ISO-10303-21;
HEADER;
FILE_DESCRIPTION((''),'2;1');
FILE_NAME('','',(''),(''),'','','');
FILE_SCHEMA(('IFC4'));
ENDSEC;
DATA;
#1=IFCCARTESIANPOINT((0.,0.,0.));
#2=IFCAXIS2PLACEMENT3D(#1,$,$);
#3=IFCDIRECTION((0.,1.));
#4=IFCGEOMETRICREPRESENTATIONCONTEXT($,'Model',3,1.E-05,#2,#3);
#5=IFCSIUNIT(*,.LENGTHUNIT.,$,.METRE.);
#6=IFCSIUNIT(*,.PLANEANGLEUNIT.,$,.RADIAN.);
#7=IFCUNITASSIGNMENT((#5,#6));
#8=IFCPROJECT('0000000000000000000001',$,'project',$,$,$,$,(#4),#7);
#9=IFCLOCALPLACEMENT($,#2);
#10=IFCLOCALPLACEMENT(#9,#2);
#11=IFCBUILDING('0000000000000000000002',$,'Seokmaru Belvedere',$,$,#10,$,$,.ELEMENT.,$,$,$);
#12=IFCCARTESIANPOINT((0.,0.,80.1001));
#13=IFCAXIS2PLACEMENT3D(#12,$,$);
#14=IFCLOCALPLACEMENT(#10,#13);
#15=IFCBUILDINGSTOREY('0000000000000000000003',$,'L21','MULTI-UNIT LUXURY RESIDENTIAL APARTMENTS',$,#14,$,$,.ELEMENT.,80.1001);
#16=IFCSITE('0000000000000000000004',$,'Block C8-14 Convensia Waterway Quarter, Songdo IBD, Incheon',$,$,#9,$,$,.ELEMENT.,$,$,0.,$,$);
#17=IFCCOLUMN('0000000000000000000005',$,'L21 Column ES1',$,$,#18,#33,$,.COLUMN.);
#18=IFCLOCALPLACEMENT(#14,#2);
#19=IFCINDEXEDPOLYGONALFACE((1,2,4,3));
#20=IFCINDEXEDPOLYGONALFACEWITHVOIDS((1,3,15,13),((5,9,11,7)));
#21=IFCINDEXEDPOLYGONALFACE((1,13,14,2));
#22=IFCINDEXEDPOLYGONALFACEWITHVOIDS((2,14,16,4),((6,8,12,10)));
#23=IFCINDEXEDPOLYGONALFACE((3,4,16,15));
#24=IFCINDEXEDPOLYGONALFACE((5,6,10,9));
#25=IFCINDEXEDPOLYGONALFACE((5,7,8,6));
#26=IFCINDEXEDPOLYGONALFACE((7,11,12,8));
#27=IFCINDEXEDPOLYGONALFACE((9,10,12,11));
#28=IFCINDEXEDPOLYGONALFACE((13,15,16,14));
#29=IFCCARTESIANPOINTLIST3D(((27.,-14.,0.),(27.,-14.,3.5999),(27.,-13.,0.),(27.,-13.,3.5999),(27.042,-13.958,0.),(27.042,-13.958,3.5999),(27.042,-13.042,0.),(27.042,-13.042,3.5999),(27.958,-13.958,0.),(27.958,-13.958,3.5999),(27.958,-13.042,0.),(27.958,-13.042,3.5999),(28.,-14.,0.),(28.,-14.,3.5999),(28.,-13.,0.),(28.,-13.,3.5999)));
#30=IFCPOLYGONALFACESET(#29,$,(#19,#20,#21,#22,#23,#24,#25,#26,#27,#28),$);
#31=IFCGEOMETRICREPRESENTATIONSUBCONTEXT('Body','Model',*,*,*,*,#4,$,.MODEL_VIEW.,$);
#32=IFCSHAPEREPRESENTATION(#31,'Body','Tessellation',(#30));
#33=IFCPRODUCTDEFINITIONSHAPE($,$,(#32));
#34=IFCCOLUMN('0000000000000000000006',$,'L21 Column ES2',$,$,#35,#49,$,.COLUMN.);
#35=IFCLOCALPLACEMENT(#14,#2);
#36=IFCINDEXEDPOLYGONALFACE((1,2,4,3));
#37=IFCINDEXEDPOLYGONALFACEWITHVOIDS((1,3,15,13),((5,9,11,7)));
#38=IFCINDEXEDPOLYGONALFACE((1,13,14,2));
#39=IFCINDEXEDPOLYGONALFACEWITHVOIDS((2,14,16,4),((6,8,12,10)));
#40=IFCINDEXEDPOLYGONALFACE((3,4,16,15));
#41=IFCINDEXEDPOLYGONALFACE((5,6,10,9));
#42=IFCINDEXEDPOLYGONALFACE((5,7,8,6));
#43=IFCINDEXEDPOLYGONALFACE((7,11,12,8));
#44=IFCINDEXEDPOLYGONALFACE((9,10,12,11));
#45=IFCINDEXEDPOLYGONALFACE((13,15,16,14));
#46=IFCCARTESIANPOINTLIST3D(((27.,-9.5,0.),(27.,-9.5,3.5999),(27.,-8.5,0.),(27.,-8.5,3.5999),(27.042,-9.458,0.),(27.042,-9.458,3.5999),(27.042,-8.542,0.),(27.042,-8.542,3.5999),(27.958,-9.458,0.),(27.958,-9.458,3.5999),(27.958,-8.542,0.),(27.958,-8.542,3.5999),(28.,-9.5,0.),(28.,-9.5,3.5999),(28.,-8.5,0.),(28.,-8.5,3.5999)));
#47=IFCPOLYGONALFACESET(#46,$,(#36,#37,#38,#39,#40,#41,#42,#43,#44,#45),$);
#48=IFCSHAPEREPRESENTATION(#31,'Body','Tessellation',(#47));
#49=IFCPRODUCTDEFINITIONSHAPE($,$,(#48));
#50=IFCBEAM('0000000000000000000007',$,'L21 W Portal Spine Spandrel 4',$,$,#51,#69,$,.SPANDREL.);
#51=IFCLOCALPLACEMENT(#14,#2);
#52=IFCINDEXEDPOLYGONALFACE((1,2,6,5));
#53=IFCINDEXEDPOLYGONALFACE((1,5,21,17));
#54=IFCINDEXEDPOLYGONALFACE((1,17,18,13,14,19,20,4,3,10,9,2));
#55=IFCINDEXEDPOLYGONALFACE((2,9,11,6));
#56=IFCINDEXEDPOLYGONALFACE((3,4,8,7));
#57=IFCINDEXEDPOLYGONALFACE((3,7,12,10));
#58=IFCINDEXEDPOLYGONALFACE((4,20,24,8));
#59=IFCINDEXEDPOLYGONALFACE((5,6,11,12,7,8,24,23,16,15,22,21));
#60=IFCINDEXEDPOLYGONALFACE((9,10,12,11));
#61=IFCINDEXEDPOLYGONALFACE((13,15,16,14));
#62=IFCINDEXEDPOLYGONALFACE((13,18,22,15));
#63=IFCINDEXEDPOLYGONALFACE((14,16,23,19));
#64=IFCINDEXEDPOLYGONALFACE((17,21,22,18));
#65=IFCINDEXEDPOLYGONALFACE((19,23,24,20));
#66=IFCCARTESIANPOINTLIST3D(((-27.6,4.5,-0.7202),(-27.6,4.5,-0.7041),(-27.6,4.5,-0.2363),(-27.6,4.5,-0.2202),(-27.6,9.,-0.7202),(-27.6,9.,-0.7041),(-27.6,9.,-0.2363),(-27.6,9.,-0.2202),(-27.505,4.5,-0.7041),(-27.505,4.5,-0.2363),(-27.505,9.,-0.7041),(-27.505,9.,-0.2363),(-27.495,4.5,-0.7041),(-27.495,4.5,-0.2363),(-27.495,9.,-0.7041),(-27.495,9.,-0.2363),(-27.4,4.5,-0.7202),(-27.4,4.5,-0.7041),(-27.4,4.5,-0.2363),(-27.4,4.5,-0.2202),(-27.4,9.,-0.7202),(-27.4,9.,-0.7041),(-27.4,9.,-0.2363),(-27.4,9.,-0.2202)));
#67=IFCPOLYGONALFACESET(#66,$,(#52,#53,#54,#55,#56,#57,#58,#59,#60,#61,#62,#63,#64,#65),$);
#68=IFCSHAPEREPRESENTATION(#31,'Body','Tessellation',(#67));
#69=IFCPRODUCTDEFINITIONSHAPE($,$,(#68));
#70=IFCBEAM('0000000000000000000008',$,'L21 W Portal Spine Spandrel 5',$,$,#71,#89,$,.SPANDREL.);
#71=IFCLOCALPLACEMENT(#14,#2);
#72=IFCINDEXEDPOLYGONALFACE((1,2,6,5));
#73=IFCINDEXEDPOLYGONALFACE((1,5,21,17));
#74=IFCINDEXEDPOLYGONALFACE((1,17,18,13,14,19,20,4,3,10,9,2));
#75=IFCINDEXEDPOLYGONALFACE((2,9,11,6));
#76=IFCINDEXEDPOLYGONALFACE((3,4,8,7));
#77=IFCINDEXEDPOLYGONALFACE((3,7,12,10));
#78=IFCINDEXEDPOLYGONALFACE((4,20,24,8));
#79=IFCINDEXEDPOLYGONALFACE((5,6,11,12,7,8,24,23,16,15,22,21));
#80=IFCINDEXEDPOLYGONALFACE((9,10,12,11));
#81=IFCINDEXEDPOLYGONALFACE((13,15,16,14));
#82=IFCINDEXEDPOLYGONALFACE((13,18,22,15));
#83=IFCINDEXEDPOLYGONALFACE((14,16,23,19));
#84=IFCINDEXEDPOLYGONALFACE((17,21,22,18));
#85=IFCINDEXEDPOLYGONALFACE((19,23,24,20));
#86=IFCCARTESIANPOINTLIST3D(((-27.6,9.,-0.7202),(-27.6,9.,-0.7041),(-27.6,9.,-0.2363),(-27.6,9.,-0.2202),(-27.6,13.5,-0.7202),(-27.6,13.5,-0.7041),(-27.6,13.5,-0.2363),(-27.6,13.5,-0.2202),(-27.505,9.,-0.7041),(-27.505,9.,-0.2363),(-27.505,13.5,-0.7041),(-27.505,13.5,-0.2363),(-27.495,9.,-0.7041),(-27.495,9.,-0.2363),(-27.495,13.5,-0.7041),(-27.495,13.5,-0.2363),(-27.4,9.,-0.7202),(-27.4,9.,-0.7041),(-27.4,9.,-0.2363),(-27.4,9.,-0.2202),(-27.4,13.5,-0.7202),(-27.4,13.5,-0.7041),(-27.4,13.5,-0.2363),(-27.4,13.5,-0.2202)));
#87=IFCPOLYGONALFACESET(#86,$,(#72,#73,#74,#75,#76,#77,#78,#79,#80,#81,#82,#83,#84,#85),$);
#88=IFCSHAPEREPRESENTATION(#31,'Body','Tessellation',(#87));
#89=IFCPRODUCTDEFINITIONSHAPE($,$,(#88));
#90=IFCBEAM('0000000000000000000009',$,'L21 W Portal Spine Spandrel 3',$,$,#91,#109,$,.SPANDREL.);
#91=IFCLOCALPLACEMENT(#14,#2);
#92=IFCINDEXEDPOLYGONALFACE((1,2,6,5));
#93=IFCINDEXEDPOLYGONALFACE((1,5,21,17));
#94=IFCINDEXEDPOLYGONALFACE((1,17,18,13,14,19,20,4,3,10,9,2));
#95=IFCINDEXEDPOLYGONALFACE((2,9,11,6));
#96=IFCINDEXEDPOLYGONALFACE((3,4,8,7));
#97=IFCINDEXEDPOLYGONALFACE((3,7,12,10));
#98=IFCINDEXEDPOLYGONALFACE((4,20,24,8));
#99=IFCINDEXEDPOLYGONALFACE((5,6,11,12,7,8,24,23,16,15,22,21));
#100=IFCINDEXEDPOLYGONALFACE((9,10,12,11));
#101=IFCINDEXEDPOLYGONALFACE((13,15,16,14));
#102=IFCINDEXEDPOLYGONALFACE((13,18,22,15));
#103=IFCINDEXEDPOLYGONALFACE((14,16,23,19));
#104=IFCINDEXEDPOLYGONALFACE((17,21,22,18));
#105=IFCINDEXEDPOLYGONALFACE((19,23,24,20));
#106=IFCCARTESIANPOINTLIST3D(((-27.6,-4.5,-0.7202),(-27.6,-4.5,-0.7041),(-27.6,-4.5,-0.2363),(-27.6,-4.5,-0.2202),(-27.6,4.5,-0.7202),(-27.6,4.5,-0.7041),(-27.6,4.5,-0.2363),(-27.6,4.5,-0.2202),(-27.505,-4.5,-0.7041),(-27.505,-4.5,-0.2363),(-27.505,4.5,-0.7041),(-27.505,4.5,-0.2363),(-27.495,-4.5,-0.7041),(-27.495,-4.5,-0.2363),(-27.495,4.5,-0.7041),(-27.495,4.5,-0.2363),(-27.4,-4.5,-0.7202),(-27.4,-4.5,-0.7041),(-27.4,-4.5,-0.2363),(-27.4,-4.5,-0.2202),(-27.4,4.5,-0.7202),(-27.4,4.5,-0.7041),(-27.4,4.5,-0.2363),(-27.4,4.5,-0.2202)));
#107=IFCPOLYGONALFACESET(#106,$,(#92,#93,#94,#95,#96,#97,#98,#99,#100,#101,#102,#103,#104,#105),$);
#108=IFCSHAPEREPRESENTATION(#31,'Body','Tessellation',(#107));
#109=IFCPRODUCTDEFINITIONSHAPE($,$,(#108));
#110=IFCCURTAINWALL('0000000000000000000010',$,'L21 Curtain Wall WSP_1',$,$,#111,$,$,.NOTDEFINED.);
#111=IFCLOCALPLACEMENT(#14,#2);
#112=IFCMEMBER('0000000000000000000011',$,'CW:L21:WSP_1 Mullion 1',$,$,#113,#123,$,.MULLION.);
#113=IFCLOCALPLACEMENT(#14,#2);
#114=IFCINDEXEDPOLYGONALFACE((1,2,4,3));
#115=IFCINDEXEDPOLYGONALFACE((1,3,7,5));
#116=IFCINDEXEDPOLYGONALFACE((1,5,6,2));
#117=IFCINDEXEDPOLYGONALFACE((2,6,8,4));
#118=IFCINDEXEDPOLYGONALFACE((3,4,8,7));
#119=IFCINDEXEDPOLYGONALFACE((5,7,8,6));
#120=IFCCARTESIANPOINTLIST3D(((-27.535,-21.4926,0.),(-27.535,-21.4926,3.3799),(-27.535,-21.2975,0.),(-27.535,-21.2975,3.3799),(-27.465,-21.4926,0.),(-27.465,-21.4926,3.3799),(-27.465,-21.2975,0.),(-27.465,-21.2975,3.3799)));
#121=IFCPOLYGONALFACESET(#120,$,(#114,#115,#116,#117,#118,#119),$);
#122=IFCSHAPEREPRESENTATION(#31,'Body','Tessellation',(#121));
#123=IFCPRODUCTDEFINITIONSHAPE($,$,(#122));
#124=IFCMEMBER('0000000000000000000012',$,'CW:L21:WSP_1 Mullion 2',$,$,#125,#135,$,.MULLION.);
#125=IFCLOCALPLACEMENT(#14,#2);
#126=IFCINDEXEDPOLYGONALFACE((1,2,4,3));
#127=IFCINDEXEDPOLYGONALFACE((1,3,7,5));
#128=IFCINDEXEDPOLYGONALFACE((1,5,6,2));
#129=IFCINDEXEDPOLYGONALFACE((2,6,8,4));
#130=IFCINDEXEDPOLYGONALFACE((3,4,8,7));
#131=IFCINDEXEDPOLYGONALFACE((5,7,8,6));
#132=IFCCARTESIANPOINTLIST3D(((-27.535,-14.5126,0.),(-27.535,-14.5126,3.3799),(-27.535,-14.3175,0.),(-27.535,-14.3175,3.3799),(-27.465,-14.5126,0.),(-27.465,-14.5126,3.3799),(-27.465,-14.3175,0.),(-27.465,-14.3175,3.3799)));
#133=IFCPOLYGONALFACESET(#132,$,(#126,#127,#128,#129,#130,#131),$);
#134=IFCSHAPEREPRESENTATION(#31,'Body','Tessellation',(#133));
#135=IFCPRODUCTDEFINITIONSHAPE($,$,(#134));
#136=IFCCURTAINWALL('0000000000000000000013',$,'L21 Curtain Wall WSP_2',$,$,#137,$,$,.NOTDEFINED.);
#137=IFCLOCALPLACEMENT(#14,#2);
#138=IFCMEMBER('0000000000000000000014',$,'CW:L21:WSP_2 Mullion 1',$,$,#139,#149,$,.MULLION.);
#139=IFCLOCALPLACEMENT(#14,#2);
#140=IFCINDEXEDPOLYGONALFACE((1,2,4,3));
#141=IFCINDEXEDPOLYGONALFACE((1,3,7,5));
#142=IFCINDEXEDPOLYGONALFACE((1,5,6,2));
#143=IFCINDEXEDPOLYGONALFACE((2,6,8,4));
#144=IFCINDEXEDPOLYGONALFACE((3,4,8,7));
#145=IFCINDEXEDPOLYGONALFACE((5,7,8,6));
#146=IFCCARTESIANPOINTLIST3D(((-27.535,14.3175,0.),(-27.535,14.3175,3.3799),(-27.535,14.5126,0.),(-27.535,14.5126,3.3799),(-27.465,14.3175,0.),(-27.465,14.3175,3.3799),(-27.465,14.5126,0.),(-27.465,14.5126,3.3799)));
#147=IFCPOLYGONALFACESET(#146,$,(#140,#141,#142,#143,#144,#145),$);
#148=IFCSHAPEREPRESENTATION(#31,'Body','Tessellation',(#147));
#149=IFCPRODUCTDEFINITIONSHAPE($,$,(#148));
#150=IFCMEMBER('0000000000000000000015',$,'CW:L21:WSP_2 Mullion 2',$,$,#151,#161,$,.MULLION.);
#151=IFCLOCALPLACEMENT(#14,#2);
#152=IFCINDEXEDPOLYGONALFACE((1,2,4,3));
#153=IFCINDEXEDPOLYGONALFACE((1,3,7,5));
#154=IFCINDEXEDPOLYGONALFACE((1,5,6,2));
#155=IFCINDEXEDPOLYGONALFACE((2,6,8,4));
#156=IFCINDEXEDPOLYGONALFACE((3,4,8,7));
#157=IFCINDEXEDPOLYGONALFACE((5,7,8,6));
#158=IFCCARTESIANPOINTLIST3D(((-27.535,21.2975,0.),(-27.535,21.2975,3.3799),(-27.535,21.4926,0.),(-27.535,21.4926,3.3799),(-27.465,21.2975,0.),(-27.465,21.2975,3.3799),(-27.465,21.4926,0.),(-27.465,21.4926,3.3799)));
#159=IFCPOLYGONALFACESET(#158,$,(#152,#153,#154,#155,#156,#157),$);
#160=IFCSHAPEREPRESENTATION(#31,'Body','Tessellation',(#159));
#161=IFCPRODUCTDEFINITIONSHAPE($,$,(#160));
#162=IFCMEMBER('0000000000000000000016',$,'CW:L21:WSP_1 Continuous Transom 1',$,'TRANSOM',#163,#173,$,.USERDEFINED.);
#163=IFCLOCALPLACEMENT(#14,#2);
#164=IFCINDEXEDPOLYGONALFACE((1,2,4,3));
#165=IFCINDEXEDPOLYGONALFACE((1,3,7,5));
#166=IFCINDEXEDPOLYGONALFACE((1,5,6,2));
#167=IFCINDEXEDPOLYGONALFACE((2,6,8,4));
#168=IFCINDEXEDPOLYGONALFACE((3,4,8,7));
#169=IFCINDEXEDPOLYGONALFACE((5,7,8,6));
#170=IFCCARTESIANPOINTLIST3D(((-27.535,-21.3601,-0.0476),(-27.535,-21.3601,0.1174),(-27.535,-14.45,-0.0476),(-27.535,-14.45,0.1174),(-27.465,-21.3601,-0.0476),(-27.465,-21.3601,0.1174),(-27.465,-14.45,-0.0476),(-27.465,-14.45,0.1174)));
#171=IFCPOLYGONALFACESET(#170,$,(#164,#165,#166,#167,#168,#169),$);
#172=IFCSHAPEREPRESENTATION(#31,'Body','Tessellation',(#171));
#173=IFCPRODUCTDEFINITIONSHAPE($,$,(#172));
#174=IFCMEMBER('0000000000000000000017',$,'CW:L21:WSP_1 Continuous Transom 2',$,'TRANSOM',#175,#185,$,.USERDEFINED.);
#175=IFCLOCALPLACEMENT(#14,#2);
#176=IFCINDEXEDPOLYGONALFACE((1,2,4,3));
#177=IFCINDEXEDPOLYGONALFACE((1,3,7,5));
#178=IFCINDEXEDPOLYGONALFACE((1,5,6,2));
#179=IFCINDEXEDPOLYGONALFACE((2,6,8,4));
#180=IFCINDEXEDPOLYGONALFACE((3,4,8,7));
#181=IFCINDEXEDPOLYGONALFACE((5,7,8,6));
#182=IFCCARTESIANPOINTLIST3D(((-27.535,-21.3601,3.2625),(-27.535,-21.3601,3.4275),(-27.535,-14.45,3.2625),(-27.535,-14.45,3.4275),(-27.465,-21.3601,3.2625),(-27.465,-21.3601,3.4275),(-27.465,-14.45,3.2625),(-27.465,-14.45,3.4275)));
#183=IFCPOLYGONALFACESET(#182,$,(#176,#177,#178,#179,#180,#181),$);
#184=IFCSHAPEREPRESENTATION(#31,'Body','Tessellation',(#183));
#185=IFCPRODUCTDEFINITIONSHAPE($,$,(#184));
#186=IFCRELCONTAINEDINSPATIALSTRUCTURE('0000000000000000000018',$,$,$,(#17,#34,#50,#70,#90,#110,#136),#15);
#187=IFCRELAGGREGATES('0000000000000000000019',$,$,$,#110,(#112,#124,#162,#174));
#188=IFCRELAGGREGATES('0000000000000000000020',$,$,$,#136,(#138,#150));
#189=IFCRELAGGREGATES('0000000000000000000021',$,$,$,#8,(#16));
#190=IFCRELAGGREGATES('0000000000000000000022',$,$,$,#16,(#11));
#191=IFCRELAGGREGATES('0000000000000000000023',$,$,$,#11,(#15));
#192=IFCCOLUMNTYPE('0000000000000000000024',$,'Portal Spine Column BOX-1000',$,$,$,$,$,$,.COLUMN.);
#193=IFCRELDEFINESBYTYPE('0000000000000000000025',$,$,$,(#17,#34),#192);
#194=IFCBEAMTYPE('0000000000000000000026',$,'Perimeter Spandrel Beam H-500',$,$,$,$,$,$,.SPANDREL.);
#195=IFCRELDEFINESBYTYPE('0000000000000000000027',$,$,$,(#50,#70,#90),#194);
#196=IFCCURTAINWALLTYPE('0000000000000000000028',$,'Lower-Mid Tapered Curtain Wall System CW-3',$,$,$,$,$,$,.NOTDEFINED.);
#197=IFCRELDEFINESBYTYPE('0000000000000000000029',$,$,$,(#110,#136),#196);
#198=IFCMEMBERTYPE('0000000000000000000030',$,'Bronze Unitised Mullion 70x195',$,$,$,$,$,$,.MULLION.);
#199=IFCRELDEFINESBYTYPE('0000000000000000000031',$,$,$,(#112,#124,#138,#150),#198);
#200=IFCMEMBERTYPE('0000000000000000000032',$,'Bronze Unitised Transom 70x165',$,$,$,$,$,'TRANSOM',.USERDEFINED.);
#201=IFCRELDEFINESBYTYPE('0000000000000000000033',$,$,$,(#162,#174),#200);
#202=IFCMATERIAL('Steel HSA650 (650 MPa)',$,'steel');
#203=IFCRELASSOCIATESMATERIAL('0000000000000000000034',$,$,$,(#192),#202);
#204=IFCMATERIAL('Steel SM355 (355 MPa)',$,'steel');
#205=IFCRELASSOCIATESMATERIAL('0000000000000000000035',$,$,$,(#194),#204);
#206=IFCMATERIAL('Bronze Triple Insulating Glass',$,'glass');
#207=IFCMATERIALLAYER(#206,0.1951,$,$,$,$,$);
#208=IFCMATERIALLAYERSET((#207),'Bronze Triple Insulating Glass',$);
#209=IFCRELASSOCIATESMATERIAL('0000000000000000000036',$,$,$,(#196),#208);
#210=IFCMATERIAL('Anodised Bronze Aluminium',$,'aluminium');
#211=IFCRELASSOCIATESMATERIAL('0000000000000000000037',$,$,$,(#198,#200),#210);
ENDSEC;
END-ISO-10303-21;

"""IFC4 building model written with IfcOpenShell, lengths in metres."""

from ifc_helpers import new_model, si_unit, direction, frame, origin, origin_2d, place, context, subcontext, project, spatial, rectangle, hollow_rectangle, i_section, extrude, source, transform, mapped, material, layer, layer_set, material_profile, profile_set, type_object, type_shapes, element, aggregate, save


model = new_model("IFC4")

# Units and contexts
model_context = context("Model", 3, precision=1e-05, world=origin(), true_north=direction((0.0, 1.0)))
body_context = subcontext(model_context, "Body", "Model", "MODEL_VIEW")
ifc_project = project(units=[si_unit("LENGTHUNIT", "METRE"), si_unit("PLANEANGLEUNIT", "RADIAN")], contexts=[model_context])

# Site, building, storey
site_placement = place(None, origin())
site = spatial("IfcSite", under=ifc_project, at=site_placement, Name="Block C8-14 Convensia Waterway Quarter, Songdo IBD, Incheon", CompositionType="ELEMENT", RefElevation=0.0)
building_placement = place(site_placement, origin())
building = spatial("IfcBuilding", under=site, at=building_placement, Name="Seokmaru Belvedere", CompositionType="ELEMENT")
storey_placement = place(building_placement, frame((0.0, 0.0, 80.1001)))
storey = spatial("IfcBuildingStorey", under=building, at=storey_placement, Name="L21", Description="MULTI-UNIT LUXURY RESIDENTIAL APARTMENTS", CompositionType="ELEMENT", Elevation=80.1001)

# Columns
ifc_material_1 = material(Name="Steel HSA650 (650 MPa)", Category="steel")
ifc_material_profile_1 = material_profile(ifc_material_1, hollow_rectangle(XDim=1.0, YDim=1.0, WallThickness=0.042, at=origin_2d()), Name="BOX-1000x1000x42")
ifc_profile_set_1 = profile_set([ifc_material_profile_1], Name="Steel HSA650 (650 MPa)")
column_type = type_object("IfcColumnType", Name="Portal Spine Column BOX-1000", PredefinedType="COLUMN", material=ifc_profile_set_1)
shared_shape_1 = source(origin(), body_context, "Body", "SweptSolid", [
    extrude(hollow_rectangle(XDim=1.0, YDim=1.0, WallThickness=0.042, at=origin_2d()), origin(), (0.0, 0.0, 1.0), 3.5999),
])
type_shapes(column_type, [shared_shape_1])
for number, where, z_axis, x_axis, name in (
    (1, (27.5, -13.5, 0.0), (0.0, 0.0, 1.0), (1.0, 0.0, 0.0), "L21 Column ES1"),
    (2, (27.5, -9.0, 0.0), (0.0, 0.0, 1.0), (1.0, 0.0, 0.0), "L21 Column ES2"),
):
    element("IfcColumn", number, at=place(storey_placement, frame(where, z_axis=z_axis, x_axis=x_axis)), inside=storey, type_object=column_type, Name=name, PredefinedType="COLUMN", context=body_context, shape_type="MappedRepresentation", body=[
        mapped(shared_shape_1, transform((0.0, 0.0, 0.0), scale=1.0)),
    ])

# Beams
ifc_material_2 = material(Name="Steel SM355 (355 MPa)", Category="steel")
ifc_material_profile_2 = material_profile(ifc_material_2, i_section(OverallWidth=0.2, OverallDepth=0.5, WebThickness=0.01, FlangeThickness=0.0161, at=origin_2d()), Name="H-500x200x10x16")
ifc_profile_set_2 = profile_set([ifc_material_profile_2], Name="Steel SM355 (355 MPa)")
beam_type = type_object("IfcBeamType", Name="Perimeter Spandrel Beam H-500", PredefinedType="SPANDREL", material=ifc_profile_set_2)
shared_shape_2 = source(origin(), body_context, "Body", "SweptSolid", [
    extrude(i_section(OverallWidth=0.2, OverallDepth=0.5, WebThickness=0.01, FlangeThickness=0.0161, at=origin_2d()), origin(), (0.0, 0.0, 1.0), 4.5),
])
for number, where, z_axis, x_axis, name in (
    (3, (-27.5, 4.5, -0.4702), (0.0, 1.0, 0.0), (-1.0, 0.0, 0.0), "L21 W Portal Spine Spandrel 4"),
    (4, (-27.5, 9.0, -0.4702), (0.0, 1.0, 0.0), (-1.0, 0.0, 0.0), "L21 W Portal Spine Spandrel 5"),
):
    element("IfcBeam", number, at=place(storey_placement, frame(where, z_axis=z_axis, x_axis=x_axis)), inside=storey, type_object=beam_type, Name=name, PredefinedType="SPANDREL", context=body_context, shape_type="MappedRepresentation", body=[
        mapped(shared_shape_2, transform((0.0, 0.0, 0.0), scale=1.0)),
    ])
shared_shape_3 = source(origin(), body_context, "Body", "SweptSolid", [
    extrude(i_section(OverallWidth=0.2, OverallDepth=0.5, WebThickness=0.01, FlangeThickness=0.0161, at=origin_2d()), origin(), (0.0, 0.0, 1.0), 9.0),
])
type_shapes(beam_type, [shared_shape_2, shared_shape_3])
beam_placement = place(storey_placement, frame((-27.5, -4.5, -0.4702), z_axis=(0.0, 1.0, 0.0), x_axis=(-1.0, 0.0, 0.0)))
element("IfcBeam", 5, at=beam_placement, inside=storey, type_object=beam_type, Name="L21 W Portal Spine Spandrel 3", PredefinedType="SPANDREL", context=body_context, shape_type="MappedRepresentation", body=[
    mapped(shared_shape_3, transform((0.0, 0.0, 0.0), scale=1.0)),
])

# Curtain walls, members
ifc_material_3 = material(Name="Bronze Triple Insulating Glass", Category="glass")
ifc_layer_1 = layer(ifc_material_3, 0.1951)
ifc_layer_set_1 = layer_set([ifc_layer_1], Name="Bronze Triple Insulating Glass")
curtain_wall_type = type_object("IfcCurtainWallType", Name="Lower-Mid Tapered Curtain Wall System CW-3", PredefinedType="NOTDEFINED", material=ifc_layer_set_1)
curtain_wall_1_placement = place(storey_placement, origin())
curtain_wall_1 = element("IfcCurtainWall", 6, at=curtain_wall_1_placement, inside=storey, type_object=curtain_wall_type, Name="L21 Curtain Wall WSP_1", PredefinedType="NOTDEFINED")
ifc_material_4 = material(Name="Anodised Bronze Aluminium", Category="aluminium")
ifc_material_profile_3 = material_profile(ifc_material_4, rectangle(XDim=0.0701, YDim=0.1951, at=origin_2d()), Name="CW-M-70x195")
ifc_profile_set_3 = profile_set([ifc_material_profile_3], Name="Anodised Bronze Aluminium")
member_type_1 = type_object("IfcMemberType", Name="Bronze Unitised Mullion 70x195", PredefinedType="MULLION", material=ifc_profile_set_3)
shared_shape_4 = source(origin(), body_context, "Body", "SweptSolid", [
    extrude(rectangle(XDim=0.0701, YDim=0.1951, at=origin_2d()), origin(), (0.0, 0.0, 1.0), 3.3799),
])
type_shapes(member_type_1, [shared_shape_4])
member_1_placement = place(storey_placement, frame((-27.5, -21.395, 0.0), z_axis=(0.0, 0.0, 1.0), x_axis=(-1.0, 0.0, 0.0)))
member_1 = element("IfcMember", 7, at=member_1_placement, type_object=member_type_1, Name="CW:L21:WSP_1 Mullion 1", PredefinedType="MULLION", context=body_context, shape_type="MappedRepresentation", body=[
    mapped(shared_shape_4, transform((0.0, 0.0, 0.0), scale=1.0)),
])
member_2_placement = place(storey_placement, frame((-27.5, -14.415, 0.0), z_axis=(0.0, 0.0, 1.0), x_axis=(-1.0, 0.0, 0.0)))
member_2 = element("IfcMember", 8, at=member_2_placement, type_object=member_type_1, Name="CW:L21:WSP_1 Mullion 2", PredefinedType="MULLION", context=body_context, shape_type="MappedRepresentation", body=[
    mapped(shared_shape_4, transform((0.0, 0.0, 0.0), scale=1.0)),
])
curtain_wall_2_placement = place(storey_placement, origin())
curtain_wall_2 = element("IfcCurtainWall", 9, at=curtain_wall_2_placement, inside=storey, type_object=curtain_wall_type, Name="L21 Curtain Wall WSP_2", PredefinedType="NOTDEFINED")
member_3_placement = place(storey_placement, frame((-27.5, 14.415, 0.0), z_axis=(0.0, 0.0, 1.0), x_axis=(-1.0, 0.0, 0.0)))
member_3 = element("IfcMember", 10, at=member_3_placement, type_object=member_type_1, Name="CW:L21:WSP_2 Mullion 1", PredefinedType="MULLION", context=body_context, shape_type="MappedRepresentation", body=[
    mapped(shared_shape_4, transform((0.0, 0.0, 0.0), scale=1.0)),
])
member_4_placement = place(storey_placement, frame((-27.5, 21.395, 0.0), z_axis=(0.0, 0.0, 1.0), x_axis=(-1.0, 0.0, 0.0)))
member_4 = element("IfcMember", 11, at=member_4_placement, type_object=member_type_1, Name="CW:L21:WSP_2 Mullion 2", PredefinedType="MULLION", context=body_context, shape_type="MappedRepresentation", body=[
    mapped(shared_shape_4, transform((0.0, 0.0, 0.0), scale=1.0)),
])

# Members
ifc_material_profile_4 = material_profile(ifc_material_4, rectangle(XDim=0.0701, YDim=0.165, at=origin_2d()), Name="CW-T-70x165")
ifc_profile_set_4 = profile_set([ifc_material_profile_4], Name="Anodised Bronze Aluminium")
member_type_2 = type_object("IfcMemberType", Name="Bronze Unitised Transom 70x165", ElementType="TRANSOM", PredefinedType="USERDEFINED", material=ifc_profile_set_4)
shared_shape_5 = source(origin(), body_context, "Body", "SweptSolid", [
    extrude(rectangle(XDim=0.0701, YDim=0.165, at=origin_2d()), origin(), (0.0, 0.0, 1.0), 6.9102),
])
type_shapes(member_type_2, [shared_shape_5])
member_5_placement = place(storey_placement, frame((-27.5, -21.3601, 0.0349), z_axis=(0.0, 1.0, 0.0), x_axis=(-1.0, 0.0, 0.0)))
member_5 = element("IfcMember", 12, at=member_5_placement, type_object=member_type_2, Name="CW:L21:WSP_1 Continuous Transom 1", ObjectType="TRANSOM", PredefinedType="USERDEFINED", context=body_context, shape_type="MappedRepresentation", body=[
    mapped(shared_shape_5, transform((0.0, 0.0, 0.0), scale=1.0)),
])
member_6_placement = place(storey_placement, frame((-27.5, -21.3601, 3.345), z_axis=(0.0, 1.0, 0.0), x_axis=(-1.0, 0.0, 0.0)))
member_6 = element("IfcMember", 13, at=member_6_placement, type_object=member_type_2, Name="CW:L21:WSP_1 Continuous Transom 2", ObjectType="TRANSOM", PredefinedType="USERDEFINED", context=body_context, shape_type="MappedRepresentation", body=[
    mapped(shared_shape_5, transform((0.0, 0.0, 0.0), scale=1.0)),
])

aggregate(curtain_wall_1, [member_1, member_2, member_5, member_6])
aggregate(curtain_wall_2, [member_3, member_4])

save(model, "model.ifc")
